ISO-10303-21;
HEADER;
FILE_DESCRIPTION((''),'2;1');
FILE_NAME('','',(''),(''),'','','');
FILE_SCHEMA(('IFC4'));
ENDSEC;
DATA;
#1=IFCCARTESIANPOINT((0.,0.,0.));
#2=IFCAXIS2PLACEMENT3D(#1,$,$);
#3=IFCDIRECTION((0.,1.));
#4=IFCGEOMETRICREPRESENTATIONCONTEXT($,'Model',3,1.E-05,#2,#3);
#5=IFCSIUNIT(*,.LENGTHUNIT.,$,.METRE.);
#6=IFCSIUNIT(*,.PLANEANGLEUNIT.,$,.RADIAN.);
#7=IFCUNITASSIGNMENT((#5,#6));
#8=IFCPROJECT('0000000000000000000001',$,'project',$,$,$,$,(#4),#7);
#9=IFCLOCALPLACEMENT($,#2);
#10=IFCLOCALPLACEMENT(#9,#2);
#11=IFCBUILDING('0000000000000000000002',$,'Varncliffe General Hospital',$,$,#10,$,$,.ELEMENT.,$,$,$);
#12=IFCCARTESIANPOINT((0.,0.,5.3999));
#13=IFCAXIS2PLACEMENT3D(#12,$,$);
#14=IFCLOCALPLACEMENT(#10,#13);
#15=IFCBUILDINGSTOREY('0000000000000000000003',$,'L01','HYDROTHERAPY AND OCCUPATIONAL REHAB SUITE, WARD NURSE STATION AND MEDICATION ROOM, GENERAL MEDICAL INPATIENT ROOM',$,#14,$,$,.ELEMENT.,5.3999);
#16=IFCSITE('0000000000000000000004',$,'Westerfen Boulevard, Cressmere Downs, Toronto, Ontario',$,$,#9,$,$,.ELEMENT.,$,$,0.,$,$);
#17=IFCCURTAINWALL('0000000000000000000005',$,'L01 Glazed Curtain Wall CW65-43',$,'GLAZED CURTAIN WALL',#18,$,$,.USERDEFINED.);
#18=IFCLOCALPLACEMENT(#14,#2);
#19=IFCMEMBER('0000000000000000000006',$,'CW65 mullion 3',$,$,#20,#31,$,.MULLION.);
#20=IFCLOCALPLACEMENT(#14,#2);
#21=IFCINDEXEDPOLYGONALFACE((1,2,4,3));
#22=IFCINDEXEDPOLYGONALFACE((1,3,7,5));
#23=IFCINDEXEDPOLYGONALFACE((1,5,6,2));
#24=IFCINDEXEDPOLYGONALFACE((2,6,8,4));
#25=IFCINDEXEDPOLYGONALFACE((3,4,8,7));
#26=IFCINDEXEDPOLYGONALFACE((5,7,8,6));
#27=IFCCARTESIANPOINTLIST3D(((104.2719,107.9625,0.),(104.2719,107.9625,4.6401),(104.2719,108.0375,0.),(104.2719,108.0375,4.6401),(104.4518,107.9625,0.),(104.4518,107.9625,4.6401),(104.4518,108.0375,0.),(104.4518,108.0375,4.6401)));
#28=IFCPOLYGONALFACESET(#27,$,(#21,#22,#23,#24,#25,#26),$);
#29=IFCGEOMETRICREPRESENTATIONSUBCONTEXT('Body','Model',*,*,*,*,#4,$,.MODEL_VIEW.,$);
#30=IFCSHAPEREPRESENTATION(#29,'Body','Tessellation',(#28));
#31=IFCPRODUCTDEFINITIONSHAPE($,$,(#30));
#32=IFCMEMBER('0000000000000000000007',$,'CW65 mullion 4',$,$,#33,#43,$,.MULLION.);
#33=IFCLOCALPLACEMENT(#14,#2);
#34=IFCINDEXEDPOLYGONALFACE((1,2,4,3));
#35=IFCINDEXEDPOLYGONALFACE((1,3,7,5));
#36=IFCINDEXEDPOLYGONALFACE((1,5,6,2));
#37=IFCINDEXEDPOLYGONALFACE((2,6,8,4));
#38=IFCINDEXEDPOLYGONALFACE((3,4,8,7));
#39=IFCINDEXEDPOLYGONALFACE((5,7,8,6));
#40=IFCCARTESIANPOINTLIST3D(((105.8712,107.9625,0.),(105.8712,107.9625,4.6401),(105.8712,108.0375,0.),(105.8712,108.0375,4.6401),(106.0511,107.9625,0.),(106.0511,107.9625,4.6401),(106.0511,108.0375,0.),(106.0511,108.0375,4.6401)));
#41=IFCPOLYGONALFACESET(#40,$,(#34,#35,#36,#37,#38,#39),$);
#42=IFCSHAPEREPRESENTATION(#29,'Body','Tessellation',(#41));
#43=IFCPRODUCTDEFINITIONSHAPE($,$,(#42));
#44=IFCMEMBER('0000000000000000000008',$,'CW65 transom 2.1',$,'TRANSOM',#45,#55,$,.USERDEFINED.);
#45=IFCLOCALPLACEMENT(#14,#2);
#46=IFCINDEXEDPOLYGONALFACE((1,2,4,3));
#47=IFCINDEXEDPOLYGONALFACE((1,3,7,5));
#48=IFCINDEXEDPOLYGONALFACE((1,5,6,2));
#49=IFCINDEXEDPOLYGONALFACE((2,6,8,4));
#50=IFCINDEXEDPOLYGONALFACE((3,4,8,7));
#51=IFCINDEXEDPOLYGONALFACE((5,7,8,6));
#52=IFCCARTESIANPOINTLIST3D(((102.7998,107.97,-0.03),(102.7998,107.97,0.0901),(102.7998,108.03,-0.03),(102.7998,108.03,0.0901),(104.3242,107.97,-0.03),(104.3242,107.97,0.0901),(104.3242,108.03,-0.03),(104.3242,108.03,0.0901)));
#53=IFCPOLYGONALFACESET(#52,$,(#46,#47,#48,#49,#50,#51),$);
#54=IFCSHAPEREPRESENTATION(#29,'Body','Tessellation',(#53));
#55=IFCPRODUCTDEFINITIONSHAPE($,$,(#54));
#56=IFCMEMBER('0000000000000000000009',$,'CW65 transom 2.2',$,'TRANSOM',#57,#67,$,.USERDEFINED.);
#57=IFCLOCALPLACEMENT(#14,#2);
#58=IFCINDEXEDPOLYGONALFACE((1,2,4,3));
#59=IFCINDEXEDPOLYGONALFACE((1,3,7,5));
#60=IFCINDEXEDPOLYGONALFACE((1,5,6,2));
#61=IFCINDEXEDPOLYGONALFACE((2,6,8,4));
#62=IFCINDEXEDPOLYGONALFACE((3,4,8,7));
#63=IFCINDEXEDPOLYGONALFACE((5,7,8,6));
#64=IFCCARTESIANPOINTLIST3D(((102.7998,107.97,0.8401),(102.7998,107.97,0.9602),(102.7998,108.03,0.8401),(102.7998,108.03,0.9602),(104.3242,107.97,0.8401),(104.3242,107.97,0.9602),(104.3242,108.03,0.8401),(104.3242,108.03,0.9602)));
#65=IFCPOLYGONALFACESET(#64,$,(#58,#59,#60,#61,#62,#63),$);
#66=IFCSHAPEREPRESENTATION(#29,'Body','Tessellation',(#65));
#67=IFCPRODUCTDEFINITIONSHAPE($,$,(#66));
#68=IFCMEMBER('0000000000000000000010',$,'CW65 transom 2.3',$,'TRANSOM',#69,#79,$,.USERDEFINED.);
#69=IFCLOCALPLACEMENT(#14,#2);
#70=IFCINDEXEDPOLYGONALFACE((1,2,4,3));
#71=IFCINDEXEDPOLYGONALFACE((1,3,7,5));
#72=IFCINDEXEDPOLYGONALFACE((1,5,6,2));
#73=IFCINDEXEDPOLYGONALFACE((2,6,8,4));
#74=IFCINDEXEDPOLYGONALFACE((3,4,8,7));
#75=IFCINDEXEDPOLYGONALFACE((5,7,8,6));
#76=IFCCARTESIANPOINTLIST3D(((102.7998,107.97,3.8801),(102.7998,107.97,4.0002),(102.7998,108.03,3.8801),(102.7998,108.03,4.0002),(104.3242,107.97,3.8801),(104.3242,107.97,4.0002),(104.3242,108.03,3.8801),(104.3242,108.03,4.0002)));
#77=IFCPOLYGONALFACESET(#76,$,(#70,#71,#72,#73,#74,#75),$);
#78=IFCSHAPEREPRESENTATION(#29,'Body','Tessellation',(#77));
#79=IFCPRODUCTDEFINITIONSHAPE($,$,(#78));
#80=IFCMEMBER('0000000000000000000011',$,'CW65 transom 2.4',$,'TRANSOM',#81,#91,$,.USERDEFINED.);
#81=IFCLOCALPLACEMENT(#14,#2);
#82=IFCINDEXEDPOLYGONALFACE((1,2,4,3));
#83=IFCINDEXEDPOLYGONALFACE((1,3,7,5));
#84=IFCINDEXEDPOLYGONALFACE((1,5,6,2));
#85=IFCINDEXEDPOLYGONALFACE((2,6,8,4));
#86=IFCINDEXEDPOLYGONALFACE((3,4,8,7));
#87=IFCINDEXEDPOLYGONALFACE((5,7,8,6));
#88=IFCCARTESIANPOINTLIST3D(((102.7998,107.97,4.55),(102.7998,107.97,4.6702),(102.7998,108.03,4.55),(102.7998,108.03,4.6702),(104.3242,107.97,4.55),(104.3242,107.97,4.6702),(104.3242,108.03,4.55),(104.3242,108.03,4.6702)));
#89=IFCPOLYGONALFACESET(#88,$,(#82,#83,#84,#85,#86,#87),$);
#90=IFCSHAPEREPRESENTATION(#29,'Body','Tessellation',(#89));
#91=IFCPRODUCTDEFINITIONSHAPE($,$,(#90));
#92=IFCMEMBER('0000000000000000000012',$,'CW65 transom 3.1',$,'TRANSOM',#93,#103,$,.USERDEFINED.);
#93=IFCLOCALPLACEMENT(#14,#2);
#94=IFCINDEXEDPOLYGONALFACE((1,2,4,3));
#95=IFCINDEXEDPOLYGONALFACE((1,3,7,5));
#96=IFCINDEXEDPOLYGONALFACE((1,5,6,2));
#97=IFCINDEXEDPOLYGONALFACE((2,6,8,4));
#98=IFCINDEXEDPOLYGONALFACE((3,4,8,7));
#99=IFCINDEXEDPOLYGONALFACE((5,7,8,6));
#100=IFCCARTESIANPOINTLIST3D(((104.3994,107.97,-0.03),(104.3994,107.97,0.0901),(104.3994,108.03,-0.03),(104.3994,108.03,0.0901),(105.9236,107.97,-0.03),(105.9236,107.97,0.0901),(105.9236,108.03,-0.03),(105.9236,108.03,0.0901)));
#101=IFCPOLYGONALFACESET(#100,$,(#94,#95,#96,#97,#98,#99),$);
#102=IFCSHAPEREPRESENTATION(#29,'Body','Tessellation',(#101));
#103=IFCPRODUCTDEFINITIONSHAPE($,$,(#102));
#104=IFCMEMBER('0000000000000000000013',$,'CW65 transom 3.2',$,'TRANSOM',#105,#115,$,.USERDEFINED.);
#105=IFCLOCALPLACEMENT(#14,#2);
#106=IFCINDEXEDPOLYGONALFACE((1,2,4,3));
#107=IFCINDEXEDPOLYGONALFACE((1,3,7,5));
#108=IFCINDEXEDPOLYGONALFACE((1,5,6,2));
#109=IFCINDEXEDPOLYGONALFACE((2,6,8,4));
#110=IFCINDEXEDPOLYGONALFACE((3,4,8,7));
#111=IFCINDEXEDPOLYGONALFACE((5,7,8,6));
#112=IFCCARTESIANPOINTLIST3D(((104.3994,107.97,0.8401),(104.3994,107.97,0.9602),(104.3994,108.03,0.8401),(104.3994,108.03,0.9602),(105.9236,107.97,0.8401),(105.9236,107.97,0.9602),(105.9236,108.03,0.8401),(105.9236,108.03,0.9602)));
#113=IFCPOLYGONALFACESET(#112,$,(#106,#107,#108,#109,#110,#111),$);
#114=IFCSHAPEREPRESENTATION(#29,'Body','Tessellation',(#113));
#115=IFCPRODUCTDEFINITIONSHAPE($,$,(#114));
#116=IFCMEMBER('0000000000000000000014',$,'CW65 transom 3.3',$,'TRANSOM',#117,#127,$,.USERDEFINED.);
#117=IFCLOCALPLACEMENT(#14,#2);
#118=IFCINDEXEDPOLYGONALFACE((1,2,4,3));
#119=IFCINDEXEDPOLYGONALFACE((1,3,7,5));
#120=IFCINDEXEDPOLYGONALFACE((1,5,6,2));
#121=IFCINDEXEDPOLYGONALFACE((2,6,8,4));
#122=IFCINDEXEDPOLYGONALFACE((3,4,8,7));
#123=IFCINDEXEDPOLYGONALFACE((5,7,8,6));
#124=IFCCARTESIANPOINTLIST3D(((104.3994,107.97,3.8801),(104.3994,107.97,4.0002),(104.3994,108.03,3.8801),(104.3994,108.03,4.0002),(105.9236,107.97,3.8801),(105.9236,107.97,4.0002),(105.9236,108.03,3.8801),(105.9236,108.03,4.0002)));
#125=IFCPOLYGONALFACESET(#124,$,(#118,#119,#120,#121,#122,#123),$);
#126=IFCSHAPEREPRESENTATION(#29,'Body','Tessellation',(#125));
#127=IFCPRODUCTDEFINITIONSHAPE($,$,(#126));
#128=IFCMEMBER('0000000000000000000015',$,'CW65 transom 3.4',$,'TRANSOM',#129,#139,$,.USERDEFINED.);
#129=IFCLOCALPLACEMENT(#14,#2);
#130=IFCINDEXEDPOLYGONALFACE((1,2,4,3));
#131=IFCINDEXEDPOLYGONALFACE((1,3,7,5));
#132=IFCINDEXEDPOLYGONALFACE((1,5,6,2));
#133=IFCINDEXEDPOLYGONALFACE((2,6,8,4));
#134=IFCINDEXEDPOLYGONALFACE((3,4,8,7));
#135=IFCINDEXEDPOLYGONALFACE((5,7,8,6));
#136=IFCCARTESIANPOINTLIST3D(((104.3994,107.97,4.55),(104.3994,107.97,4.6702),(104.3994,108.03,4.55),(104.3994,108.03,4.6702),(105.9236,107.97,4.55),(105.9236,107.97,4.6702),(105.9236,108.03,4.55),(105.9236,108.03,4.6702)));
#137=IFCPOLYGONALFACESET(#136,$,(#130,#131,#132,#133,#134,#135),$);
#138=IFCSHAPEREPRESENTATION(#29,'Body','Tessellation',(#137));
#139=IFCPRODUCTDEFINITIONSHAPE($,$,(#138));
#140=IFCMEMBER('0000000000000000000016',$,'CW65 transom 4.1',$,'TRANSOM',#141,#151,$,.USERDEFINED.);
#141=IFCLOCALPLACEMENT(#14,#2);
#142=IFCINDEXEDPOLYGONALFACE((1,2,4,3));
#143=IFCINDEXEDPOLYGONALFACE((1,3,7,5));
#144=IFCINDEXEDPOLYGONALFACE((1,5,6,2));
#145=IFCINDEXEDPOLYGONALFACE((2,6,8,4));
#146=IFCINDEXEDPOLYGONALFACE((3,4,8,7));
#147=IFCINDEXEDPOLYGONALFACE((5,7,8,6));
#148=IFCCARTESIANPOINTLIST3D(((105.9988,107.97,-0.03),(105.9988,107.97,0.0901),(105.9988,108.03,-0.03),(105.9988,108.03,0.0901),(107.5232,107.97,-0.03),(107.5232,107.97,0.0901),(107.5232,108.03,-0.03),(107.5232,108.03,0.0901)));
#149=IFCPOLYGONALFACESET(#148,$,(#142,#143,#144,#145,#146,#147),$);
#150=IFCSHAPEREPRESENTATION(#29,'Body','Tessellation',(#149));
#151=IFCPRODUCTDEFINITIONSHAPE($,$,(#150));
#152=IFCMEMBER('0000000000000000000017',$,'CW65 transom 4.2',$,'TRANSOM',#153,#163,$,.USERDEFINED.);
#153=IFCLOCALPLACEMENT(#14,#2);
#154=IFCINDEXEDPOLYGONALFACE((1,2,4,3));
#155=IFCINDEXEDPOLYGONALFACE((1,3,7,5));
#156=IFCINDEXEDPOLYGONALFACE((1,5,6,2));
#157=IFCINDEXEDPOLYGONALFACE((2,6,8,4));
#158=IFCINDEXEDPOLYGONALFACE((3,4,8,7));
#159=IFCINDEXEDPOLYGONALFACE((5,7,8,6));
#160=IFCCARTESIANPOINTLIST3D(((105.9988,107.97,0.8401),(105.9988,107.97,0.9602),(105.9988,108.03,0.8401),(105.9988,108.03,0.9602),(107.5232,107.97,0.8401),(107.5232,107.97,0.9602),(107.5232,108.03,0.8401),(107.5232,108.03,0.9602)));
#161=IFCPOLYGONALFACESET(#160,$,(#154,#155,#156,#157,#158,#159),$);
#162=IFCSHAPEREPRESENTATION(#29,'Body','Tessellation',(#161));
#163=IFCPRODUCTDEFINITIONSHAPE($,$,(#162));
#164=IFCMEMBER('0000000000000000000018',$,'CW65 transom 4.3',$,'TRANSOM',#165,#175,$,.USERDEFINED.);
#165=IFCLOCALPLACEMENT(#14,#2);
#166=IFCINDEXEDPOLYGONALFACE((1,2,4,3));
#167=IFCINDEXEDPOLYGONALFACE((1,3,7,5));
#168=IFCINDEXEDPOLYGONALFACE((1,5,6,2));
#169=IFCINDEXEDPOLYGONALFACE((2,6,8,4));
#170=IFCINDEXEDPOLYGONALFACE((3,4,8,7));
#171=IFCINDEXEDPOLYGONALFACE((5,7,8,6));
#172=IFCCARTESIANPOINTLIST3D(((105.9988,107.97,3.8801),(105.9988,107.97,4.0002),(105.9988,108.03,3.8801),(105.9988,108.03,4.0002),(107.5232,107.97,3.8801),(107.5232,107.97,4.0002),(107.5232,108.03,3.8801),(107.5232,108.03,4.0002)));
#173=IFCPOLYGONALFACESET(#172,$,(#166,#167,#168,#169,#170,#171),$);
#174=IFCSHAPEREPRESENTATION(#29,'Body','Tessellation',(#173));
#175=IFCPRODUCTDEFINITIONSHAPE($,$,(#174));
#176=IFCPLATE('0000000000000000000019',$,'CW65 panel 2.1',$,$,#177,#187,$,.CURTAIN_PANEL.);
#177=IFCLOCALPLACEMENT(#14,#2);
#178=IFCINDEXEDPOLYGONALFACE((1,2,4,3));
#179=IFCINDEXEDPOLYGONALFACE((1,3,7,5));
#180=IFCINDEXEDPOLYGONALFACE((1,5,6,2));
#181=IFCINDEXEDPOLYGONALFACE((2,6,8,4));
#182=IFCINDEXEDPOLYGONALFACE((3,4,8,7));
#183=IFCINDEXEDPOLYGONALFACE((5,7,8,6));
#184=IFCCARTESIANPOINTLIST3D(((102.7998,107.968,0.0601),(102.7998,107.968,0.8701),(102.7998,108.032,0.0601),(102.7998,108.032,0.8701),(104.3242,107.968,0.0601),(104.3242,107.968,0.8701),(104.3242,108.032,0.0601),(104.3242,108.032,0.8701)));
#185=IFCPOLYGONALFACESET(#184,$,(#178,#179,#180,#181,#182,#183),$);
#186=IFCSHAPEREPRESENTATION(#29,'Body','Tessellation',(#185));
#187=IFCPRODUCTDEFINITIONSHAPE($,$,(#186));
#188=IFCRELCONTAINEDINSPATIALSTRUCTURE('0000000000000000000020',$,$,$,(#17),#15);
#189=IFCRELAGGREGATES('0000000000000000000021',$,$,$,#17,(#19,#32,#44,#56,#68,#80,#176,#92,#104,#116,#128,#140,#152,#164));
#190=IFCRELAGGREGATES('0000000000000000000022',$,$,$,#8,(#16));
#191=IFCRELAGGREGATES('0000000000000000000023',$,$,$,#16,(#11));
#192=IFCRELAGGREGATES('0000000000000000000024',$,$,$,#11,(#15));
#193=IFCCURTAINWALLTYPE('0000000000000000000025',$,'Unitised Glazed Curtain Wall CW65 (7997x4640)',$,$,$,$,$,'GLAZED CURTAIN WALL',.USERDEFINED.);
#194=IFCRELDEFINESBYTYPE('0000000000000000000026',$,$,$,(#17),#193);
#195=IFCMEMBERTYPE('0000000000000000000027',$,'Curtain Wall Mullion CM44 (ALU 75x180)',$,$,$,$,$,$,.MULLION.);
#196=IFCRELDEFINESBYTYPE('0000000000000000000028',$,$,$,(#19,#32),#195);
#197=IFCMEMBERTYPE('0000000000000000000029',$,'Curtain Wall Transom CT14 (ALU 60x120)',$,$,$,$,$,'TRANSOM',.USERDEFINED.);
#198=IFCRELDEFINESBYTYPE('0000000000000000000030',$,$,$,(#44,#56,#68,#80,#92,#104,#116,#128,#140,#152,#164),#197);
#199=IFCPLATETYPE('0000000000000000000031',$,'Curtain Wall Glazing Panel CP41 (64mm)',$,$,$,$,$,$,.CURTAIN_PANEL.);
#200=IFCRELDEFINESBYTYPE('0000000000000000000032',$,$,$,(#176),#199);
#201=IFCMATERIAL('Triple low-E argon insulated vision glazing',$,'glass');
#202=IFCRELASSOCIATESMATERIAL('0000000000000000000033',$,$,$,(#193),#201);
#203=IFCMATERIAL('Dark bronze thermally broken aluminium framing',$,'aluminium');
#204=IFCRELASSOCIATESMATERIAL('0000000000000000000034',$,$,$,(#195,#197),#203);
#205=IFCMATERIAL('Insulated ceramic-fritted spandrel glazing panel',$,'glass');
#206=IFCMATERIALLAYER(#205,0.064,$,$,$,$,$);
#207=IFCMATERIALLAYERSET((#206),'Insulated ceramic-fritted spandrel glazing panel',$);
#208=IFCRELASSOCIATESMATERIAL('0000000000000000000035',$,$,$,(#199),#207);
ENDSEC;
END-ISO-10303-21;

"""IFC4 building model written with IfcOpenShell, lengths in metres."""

from ifc_helpers import new_model, si_unit, direction, frame, origin, origin_2d, place, context, subcontext, project, spatial, rectangle, extrude, material, layer, layer_set, material_profile, profile_set, type_object, element, aggregate, save


model = new_model("IFC4")

# Units and contexts
model_context = context("Model", 3, precision=1e-05, world=origin(), true_north=direction((0.0, 1.0)))
body_context = subcontext(model_context, "Body", "Model", "MODEL_VIEW")
ifc_project = project(units=[si_unit("LENGTHUNIT", "METRE"), si_unit("PLANEANGLEUNIT", "RADIAN")], contexts=[model_context])

# Site, building, storey
site_placement = place(None, origin())
site = spatial("IfcSite", under=ifc_project, at=site_placement, Name="Westerfen Boulevard, Cressmere Downs, Toronto, Ontario", CompositionType="ELEMENT", RefElevation=0.0)
building_placement = place(site_placement, origin())
building = spatial("IfcBuilding", under=site, at=building_placement, Name="Varncliffe General Hospital", CompositionType="ELEMENT")
storey_placement = place(building_placement, frame((0.0, 0.0, 5.3999)))
storey = spatial("IfcBuildingStorey", under=building, at=storey_placement, Name="L01", Description="HYDROTHERAPY AND OCCUPATIONAL REHAB SUITE, WARD NURSE STATION AND MEDICATION ROOM, GENERAL MEDICAL INPATIENT ROOM", CompositionType="ELEMENT", Elevation=5.3999)

# Curtain wall, members, plate
ifc_material_1 = material(Name="Triple low-E argon insulated vision glazing", Category="glass")
curtain_wall_type = type_object("IfcCurtainWallType", Name="Unitised Glazed Curtain Wall CW65 (7997x4640)", ElementType="GLAZED CURTAIN WALL", PredefinedType="USERDEFINED", material=ifc_material_1)
curtain_wall_placement = place(storey_placement, origin())
curtain_wall = element("IfcCurtainWall", 1, at=curtain_wall_placement, inside=storey, type_object=curtain_wall_type, Name="L01 Glazed Curtain Wall CW65-43", ObjectType="GLAZED CURTAIN WALL", PredefinedType="USERDEFINED")
ifc_material_2 = material(Name="Dark bronze thermally broken aluminium framing", Category="aluminium")
ifc_material_profile_1 = material_profile(ifc_material_2, rectangle(XDim=0.075, YDim=0.1799, at=origin_2d()), Name="ALU 75x180")
ifc_profile_set_1 = profile_set([ifc_material_profile_1], Name="Dark bronze thermally broken aluminium framing")
member_type_1 = type_object("IfcMemberType", Name="Curtain Wall Mullion CM44 (ALU 75x180)", PredefinedType="MULLION", material=ifc_profile_set_1)
member_1_placement = place(storey_placement, frame((104.3618, 108.0, 0.0), z_axis=(0.0, 0.0, 1.0), x_axis=(0.0, 1.0, 0.0)))
member_1 = element("IfcMember", 2, at=member_1_placement, type_object=member_type_1, Name="CW65 mullion 3", PredefinedType="MULLION", context=body_context, shape_type="SweptSolid", body=[
    extrude(rectangle(XDim=0.075, YDim=0.1799, at=origin_2d()), origin(), (0.0, 0.0, 1.0), 4.6401),
])
member_2_placement = place(storey_placement, frame((105.9612, 108.0, 0.0), z_axis=(0.0, 0.0, 1.0), x_axis=(0.0, 1.0, 0.0)))
member_2 = element("IfcMember", 3, at=member_2_placement, type_object=member_type_1, Name="CW65 mullion 4", PredefinedType="MULLION", context=body_context, shape_type="SweptSolid", body=[
    extrude(rectangle(XDim=0.075, YDim=0.1799, at=origin_2d()), origin(), (0.0, 0.0, 1.0), 4.6401),
])
ifc_material_profile_2 = material_profile(ifc_material_2, rectangle(XDim=0.0601, YDim=0.1201, at=origin_2d()), Name="ALU 60x120")
ifc_profile_set_2 = profile_set([ifc_material_profile_2], Name="Dark bronze thermally broken aluminium framing")
member_type_2 = type_object("IfcMemberType", Name="Curtain Wall Transom CT14 (ALU 60x120)", ElementType="TRANSOM", PredefinedType="USERDEFINED", material=ifc_profile_set_2)
member_3_placement = place(storey_placement, frame((102.7998, 108.0, 0.03), z_axis=(1.0, 0.0, 0.0), x_axis=(0.0, 1.0, 0.0)))
member_3 = element("IfcMember", 4, at=member_3_placement, type_object=member_type_2, Name="CW65 transom 2.1", ObjectType="TRANSOM", PredefinedType="USERDEFINED", context=body_context, shape_type="SweptSolid", body=[
    extrude(rectangle(XDim=0.0601, YDim=0.1201, at=origin_2d()), origin(), (0.0, 0.0, 1.0), 1.5244),
])
member_4_placement = place(storey_placement, frame((102.7998, 108.0, 0.9001), z_axis=(1.0, 0.0, 0.0), x_axis=(0.0, 1.0, 0.0)))
member_4 = element("IfcMember", 5, at=member_4_placement, type_object=member_type_2, Name="CW65 transom 2.2", ObjectType="TRANSOM", PredefinedType="USERDEFINED", context=body_context, shape_type="SweptSolid", body=[
    extrude(rectangle(XDim=0.0601, YDim=0.1201, at=origin_2d()), origin(), (0.0, 0.0, 1.0), 1.5244),
])
member_5_placement = place(storey_placement, frame((102.7998, 108.0, 3.9402), z_axis=(1.0, 0.0, 0.0), x_axis=(0.0, 1.0, 0.0)))
member_5 = element("IfcMember", 6, at=member_5_placement, type_object=member_type_2, Name="CW65 transom 2.3", ObjectType="TRANSOM", PredefinedType="USERDEFINED", context=body_context, shape_type="SweptSolid", body=[
    extrude(rectangle(XDim=0.0601, YDim=0.1201, at=origin_2d()), origin(), (0.0, 0.0, 1.0), 1.5244),
])
member_6_placement = place(storey_placement, frame((102.7998, 108.0, 4.6101), z_axis=(1.0, 0.0, 0.0), x_axis=(0.0, 1.0, 0.0)))
member_6 = element("IfcMember", 7, at=member_6_placement, type_object=member_type_2, Name="CW65 transom 2.4", ObjectType="TRANSOM", PredefinedType="USERDEFINED", context=body_context, shape_type="SweptSolid", body=[
    extrude(rectangle(XDim=0.0601, YDim=0.1201, at=origin_2d()), origin(), (0.0, 0.0, 1.0), 1.5244),
])
member_7_placement = place(storey_placement, frame((104.3994, 108.0, 0.03), z_axis=(1.0, 0.0, 0.0), x_axis=(0.0, 1.0, 0.0)))
member_7 = element("IfcMember", 8, at=member_7_placement, type_object=member_type_2, Name="CW65 transom 3.1", ObjectType="TRANSOM", PredefinedType="USERDEFINED", context=body_context, shape_type="SweptSolid", body=[
    extrude(rectangle(XDim=0.0601, YDim=0.1201, at=origin_2d()), origin(), (0.0, 0.0, 1.0), 1.5242),
])
member_8_placement = place(storey_placement, frame((104.3994, 108.0, 0.9001), z_axis=(1.0, 0.0, 0.0), x_axis=(0.0, 1.0, 0.0)))
member_8 = element("IfcMember", 9, at=member_8_placement, type_object=member_type_2, Name="CW65 transom 3.2", ObjectType="TRANSOM", PredefinedType="USERDEFINED", context=body_context, shape_type="SweptSolid", body=[
    extrude(rectangle(XDim=0.0601, YDim=0.1201, at=origin_2d()), origin(), (0.0, 0.0, 1.0), 1.5242),
])
member_9_placement = place(storey_placement, frame((104.3994, 108.0, 3.9402), z_axis=(1.0, 0.0, 0.0), x_axis=(0.0, 1.0, 0.0)))
member_9 = element("IfcMember", 10, at=member_9_placement, type_object=member_type_2, Name="CW65 transom 3.3", ObjectType="TRANSOM", PredefinedType="USERDEFINED", context=body_context, shape_type="SweptSolid", body=[
    extrude(rectangle(XDim=0.0601, YDim=0.1201, at=origin_2d()), origin(), (0.0, 0.0, 1.0), 1.5242),
])
member_10_placement = place(storey_placement, frame((104.3994, 108.0, 4.6101), z_axis=(1.0, 0.0, 0.0), x_axis=(0.0, 1.0, 0.0)))
member_10 = element("IfcMember", 11, at=member_10_placement, type_object=member_type_2, Name="CW65 transom 3.4", ObjectType="TRANSOM", PredefinedType="USERDEFINED", context=body_context, shape_type="SweptSolid", body=[
    extrude(rectangle(XDim=0.0601, YDim=0.1201, at=origin_2d()), origin(), (0.0, 0.0, 1.0), 1.5242),
])
member_11_placement = place(storey_placement, frame((105.9988, 108.0, 0.03), z_axis=(1.0, 0.0, 0.0), x_axis=(0.0, 1.0, 0.0)))
member_11 = element("IfcMember", 12, at=member_11_placement, type_object=member_type_2, Name="CW65 transom 4.1", ObjectType="TRANSOM", PredefinedType="USERDEFINED", context=body_context, shape_type="SweptSolid", body=[
    extrude(rectangle(XDim=0.0601, YDim=0.1201, at=origin_2d()), origin(), (0.0, 0.0, 1.0), 1.5244),
])
member_12_placement = place(storey_placement, frame((105.9988, 108.0, 0.9001), z_axis=(1.0, 0.0, 0.0), x_axis=(0.0, 1.0, 0.0)))
member_12 = element("IfcMember", 13, at=member_12_placement, type_object=member_type_2, Name="CW65 transom 4.2", ObjectType="TRANSOM", PredefinedType="USERDEFINED", context=body_context, shape_type="SweptSolid", body=[
    extrude(rectangle(XDim=0.0601, YDim=0.1201, at=origin_2d()), origin(), (0.0, 0.0, 1.0), 1.5244),
])
member_13_placement = place(storey_placement, frame((105.9988, 108.0, 3.9402), z_axis=(1.0, 0.0, 0.0), x_axis=(0.0, 1.0, 0.0)))
member_13 = element("IfcMember", 14, at=member_13_placement, type_object=member_type_2, Name="CW65 transom 4.3", ObjectType="TRANSOM", PredefinedType="USERDEFINED", context=body_context, shape_type="SweptSolid", body=[
    extrude(rectangle(XDim=0.0601, YDim=0.1201, at=origin_2d()), origin(), (0.0, 0.0, 1.0), 1.5244),
])
ifc_material_3 = material(Name="Insulated ceramic-fritted spandrel glazing panel", Category="glass")
ifc_layer = layer(ifc_material_3, 0.064)
ifc_layer_set = layer_set([ifc_layer], Name="Insulated ceramic-fritted spandrel glazing panel")
plate_type = type_object("IfcPlateType", Name="Curtain Wall Glazing Panel CP41 (64mm)", PredefinedType="CURTAIN_PANEL", material=ifc_layer_set)
plate_1_placement = place(storey_placement, frame((103.562, 108.0, 0.0601), z_axis=(0.0, 0.0, 1.0), x_axis=(1.0, 0.0, 0.0)))
plate_1 = element("IfcPlate", 15, at=plate_1_placement, type_object=plate_type, Name="CW65 panel 2.1", PredefinedType="CURTAIN_PANEL", context=body_context, shape_type="SweptSolid", body=[
    extrude(rectangle(XDim=1.5244, YDim=0.064, at=origin_2d()), origin(), (0.0, 0.0, 1.0), 0.8101),
])
aggregate(curtain_wall, [member_1, member_2, member_3, member_4, member_5, member_6, plate_1, member_7, member_8, member_9, member_10, member_11, member_12, member_13])

save(model, "model.ifc")
